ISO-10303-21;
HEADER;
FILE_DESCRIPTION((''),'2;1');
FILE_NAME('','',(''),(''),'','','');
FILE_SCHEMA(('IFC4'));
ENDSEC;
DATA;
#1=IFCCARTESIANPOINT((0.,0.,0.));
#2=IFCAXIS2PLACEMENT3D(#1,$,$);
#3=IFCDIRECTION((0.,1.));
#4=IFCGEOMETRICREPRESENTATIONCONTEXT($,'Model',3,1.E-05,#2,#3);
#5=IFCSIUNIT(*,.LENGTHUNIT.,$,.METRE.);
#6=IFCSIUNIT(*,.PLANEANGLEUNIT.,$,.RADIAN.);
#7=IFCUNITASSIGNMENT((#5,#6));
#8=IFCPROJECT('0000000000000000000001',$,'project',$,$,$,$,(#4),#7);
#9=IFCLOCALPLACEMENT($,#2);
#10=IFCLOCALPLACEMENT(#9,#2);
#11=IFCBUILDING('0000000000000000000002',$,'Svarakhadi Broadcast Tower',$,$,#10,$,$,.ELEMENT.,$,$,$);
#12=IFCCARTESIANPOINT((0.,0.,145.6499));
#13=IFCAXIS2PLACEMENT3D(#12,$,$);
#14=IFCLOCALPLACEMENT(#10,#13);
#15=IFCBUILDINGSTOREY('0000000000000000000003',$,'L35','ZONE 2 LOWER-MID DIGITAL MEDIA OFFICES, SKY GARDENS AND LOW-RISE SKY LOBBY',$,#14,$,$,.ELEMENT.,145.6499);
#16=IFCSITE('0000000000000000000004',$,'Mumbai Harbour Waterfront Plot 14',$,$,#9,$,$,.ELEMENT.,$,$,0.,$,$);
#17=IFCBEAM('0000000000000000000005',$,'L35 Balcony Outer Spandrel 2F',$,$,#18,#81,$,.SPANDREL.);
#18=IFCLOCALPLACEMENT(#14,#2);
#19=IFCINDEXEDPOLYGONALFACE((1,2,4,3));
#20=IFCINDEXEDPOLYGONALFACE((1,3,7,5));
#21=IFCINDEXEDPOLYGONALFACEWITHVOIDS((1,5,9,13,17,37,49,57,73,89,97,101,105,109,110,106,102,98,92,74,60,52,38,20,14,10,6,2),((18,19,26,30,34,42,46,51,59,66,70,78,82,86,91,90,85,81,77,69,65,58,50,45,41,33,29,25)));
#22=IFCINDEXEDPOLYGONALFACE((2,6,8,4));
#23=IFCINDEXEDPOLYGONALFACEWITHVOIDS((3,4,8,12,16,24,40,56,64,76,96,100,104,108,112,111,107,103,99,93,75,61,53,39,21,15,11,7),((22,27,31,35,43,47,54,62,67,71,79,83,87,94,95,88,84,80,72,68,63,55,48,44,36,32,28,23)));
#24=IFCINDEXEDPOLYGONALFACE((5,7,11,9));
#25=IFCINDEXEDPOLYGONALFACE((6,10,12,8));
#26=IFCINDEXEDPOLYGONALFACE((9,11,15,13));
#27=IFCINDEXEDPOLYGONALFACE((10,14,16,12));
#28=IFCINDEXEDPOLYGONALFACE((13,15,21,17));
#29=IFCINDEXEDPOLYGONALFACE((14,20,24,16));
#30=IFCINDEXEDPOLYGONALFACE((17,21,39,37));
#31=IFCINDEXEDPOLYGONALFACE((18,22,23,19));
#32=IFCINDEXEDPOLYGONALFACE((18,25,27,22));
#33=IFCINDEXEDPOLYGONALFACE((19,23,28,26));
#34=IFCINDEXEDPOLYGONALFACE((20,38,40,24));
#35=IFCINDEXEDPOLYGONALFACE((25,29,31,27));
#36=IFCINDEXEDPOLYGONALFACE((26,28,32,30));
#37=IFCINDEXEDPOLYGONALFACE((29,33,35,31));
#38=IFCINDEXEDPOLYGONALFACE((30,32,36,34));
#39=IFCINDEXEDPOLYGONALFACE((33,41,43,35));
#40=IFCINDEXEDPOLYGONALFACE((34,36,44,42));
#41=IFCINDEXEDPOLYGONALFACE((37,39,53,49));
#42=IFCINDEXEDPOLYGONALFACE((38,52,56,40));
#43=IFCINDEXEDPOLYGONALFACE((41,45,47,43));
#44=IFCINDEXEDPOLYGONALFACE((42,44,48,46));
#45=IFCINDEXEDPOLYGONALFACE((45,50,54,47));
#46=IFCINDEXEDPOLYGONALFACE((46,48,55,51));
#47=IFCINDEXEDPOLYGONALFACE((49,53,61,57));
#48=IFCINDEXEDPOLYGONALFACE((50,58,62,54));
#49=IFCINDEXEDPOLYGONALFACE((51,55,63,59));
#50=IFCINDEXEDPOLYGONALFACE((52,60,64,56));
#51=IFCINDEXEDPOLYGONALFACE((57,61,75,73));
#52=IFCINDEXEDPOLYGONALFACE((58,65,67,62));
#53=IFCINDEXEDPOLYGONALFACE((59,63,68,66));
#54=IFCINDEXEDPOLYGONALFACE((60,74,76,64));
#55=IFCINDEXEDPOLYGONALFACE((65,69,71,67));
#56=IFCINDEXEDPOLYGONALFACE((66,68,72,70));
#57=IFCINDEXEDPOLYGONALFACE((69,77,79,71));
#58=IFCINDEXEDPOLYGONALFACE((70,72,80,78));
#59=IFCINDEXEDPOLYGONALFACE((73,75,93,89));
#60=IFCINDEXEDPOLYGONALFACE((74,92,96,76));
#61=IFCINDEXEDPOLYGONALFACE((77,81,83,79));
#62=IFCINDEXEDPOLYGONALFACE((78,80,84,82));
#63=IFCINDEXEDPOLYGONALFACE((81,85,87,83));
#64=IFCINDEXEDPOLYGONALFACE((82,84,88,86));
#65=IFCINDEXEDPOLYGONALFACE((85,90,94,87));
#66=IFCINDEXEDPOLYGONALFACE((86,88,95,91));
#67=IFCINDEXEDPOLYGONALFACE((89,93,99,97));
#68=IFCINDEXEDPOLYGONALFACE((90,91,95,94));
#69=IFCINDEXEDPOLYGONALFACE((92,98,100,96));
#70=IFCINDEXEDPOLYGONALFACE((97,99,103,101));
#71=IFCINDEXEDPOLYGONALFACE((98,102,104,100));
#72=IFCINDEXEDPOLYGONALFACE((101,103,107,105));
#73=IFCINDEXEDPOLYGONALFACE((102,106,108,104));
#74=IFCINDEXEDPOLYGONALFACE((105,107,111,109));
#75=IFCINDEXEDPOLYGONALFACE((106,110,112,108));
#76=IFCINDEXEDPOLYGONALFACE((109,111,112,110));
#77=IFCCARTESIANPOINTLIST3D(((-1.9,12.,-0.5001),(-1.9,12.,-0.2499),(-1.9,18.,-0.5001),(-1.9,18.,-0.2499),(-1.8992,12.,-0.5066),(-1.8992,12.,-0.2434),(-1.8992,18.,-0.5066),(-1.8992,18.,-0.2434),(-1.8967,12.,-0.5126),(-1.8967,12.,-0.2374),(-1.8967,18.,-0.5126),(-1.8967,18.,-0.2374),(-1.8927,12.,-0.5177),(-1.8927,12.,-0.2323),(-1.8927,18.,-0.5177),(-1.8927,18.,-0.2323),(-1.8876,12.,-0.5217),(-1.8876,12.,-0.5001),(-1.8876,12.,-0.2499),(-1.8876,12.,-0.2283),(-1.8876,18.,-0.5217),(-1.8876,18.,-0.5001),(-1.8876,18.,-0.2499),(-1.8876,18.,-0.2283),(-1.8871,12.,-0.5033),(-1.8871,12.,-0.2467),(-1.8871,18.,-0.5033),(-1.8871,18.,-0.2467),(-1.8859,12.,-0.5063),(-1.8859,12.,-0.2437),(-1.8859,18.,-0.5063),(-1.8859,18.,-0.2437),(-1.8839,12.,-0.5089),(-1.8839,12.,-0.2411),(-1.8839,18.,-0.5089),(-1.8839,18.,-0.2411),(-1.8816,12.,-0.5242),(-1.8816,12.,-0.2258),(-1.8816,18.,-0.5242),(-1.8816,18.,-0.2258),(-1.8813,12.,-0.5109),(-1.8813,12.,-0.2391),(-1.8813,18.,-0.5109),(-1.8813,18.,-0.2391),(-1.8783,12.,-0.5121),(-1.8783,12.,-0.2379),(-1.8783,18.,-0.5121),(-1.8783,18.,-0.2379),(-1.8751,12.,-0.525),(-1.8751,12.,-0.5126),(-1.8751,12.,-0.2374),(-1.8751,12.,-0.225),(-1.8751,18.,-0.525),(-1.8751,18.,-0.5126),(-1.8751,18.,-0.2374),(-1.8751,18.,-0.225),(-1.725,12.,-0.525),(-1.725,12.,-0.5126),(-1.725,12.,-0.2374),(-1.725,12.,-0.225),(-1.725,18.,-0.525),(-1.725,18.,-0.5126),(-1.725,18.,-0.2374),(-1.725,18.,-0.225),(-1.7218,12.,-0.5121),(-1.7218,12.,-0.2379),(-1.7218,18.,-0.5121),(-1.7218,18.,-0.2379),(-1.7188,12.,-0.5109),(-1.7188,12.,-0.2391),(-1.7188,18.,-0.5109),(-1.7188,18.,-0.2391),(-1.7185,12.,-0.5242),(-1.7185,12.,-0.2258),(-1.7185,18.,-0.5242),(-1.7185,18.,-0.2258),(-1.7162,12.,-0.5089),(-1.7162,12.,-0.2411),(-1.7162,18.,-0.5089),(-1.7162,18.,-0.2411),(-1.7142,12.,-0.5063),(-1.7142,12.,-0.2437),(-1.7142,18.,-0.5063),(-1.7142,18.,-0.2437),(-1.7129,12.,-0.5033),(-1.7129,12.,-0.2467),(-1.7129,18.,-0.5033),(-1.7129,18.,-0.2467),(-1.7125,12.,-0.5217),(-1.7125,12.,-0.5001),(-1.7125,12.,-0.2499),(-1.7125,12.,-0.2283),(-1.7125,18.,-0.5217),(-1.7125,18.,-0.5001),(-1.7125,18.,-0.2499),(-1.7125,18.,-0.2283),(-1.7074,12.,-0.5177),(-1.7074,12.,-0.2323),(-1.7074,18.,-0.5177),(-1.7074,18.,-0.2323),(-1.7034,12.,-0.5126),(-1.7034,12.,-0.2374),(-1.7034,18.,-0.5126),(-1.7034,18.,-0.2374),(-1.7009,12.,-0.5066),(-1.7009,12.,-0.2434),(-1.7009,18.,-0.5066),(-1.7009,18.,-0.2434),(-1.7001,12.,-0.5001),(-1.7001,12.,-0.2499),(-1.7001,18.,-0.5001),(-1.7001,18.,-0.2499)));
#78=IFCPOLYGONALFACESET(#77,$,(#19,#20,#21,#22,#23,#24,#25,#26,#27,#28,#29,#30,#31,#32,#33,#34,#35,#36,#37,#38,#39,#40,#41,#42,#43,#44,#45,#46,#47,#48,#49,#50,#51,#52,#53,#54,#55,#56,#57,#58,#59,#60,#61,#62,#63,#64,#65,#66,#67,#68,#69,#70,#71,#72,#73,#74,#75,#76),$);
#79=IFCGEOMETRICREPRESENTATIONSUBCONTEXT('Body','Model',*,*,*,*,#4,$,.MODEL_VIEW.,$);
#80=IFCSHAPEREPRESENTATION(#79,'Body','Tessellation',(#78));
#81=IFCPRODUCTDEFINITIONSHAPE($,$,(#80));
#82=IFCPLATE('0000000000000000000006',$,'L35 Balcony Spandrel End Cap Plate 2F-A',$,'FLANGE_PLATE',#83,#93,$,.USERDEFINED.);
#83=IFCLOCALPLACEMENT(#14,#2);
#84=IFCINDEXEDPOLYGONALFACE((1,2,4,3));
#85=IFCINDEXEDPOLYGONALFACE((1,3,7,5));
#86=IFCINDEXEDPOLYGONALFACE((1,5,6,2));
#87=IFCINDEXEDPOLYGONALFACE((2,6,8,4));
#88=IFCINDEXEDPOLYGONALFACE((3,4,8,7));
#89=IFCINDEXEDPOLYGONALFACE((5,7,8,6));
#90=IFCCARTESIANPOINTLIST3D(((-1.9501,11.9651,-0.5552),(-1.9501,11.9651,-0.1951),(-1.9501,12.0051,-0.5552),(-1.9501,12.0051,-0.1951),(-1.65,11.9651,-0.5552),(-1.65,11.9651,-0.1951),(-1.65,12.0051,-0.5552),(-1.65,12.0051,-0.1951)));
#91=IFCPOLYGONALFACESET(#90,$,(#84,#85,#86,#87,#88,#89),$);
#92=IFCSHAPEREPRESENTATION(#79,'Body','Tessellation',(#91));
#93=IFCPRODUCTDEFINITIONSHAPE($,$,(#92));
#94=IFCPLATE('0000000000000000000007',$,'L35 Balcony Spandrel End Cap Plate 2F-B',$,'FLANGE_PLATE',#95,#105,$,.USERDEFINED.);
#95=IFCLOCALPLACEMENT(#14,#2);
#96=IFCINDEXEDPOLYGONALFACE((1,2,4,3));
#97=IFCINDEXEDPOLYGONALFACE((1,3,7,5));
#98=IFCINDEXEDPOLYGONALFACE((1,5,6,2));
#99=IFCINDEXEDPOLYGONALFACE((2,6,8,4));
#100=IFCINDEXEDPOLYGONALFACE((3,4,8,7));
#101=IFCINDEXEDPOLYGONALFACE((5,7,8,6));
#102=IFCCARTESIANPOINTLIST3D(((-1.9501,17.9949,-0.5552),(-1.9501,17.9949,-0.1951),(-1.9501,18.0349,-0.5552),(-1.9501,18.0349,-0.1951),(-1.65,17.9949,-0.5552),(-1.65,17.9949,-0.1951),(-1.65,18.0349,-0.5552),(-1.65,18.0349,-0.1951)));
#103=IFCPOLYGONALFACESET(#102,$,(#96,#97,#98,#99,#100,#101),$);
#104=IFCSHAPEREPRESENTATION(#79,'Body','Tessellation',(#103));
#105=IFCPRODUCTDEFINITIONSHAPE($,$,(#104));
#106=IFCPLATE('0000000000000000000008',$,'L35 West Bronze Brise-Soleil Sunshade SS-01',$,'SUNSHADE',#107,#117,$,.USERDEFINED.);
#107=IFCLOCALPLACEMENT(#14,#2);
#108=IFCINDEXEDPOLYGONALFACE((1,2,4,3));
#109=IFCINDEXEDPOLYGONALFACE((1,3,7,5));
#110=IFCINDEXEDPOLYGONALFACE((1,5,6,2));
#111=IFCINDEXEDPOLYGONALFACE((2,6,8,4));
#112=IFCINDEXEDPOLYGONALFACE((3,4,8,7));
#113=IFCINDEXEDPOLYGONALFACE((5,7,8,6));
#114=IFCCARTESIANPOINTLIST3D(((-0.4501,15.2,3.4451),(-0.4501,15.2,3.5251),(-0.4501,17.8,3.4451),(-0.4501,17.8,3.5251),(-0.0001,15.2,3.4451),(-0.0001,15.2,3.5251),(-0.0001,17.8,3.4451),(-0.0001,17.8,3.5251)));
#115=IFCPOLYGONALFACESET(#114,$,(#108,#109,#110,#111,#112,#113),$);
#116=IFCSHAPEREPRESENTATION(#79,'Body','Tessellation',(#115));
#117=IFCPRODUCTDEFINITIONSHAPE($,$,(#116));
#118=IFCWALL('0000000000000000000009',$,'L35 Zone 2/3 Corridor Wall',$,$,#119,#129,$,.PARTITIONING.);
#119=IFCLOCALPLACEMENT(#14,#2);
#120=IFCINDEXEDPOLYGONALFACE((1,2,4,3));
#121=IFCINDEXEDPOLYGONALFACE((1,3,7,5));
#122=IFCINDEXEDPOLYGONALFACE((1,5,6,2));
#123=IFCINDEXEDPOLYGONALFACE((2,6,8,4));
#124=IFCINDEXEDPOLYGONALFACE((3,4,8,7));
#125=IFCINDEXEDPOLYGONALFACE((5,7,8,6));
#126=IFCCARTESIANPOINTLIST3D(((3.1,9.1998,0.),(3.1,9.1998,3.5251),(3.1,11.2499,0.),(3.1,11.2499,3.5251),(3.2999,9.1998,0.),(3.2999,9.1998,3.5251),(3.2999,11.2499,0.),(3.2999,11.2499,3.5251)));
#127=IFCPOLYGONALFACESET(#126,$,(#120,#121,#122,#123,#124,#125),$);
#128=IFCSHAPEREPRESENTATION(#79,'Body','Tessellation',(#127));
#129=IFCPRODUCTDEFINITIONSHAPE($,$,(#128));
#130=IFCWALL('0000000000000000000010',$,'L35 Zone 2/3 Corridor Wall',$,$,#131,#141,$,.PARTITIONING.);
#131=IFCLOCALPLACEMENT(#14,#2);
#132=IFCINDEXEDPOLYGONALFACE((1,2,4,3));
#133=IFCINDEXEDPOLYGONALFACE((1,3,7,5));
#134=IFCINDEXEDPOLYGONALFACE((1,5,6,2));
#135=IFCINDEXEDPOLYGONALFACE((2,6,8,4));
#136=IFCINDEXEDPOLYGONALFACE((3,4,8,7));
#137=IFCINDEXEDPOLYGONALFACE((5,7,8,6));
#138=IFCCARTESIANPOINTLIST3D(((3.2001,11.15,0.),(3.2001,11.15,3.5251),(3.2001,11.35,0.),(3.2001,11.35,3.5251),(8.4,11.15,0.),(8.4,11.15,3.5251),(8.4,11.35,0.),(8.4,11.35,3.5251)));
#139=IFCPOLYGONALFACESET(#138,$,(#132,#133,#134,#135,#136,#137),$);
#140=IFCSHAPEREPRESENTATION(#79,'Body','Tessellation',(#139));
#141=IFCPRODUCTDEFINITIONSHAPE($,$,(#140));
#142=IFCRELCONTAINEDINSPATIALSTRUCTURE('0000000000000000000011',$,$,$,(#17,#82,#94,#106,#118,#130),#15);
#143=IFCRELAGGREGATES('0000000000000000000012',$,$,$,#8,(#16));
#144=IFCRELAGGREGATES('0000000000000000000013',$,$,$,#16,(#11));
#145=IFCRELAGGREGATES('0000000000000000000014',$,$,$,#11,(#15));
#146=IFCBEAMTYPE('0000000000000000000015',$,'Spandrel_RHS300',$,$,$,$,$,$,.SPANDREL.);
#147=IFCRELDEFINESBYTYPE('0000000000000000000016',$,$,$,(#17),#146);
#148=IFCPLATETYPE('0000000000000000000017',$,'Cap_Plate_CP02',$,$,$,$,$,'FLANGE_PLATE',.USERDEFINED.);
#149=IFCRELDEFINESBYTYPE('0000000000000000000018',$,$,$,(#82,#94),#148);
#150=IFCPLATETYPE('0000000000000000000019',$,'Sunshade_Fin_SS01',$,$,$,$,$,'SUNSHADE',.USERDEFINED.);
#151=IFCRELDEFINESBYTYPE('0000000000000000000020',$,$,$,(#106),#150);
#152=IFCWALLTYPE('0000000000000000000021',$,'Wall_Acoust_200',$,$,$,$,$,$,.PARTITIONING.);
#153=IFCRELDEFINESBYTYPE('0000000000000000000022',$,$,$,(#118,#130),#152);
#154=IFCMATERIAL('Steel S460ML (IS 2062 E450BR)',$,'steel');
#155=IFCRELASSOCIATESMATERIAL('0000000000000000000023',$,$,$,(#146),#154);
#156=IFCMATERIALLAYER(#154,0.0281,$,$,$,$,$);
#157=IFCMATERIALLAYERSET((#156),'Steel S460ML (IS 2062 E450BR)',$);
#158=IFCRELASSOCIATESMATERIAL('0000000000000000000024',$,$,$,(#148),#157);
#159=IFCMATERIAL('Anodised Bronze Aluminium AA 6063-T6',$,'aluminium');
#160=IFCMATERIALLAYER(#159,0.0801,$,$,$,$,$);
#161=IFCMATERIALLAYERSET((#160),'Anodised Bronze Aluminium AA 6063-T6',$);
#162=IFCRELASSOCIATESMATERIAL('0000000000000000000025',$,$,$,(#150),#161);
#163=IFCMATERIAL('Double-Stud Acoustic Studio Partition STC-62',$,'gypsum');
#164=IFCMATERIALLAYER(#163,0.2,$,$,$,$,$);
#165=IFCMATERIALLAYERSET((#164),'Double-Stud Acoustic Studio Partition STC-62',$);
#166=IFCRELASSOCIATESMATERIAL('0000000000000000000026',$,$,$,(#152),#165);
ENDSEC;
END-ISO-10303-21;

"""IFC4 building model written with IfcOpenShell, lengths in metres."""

from ifc_helpers import new_model, si_unit, direction, frame, frame_2d, origin, origin_2d, place, context, subcontext, project, spatial, rectangle, hollow_rectangle, extrude, material, layer, layer_set, material_profile, profile_set, type_object, element, save


model = new_model("IFC4")

# Units and contexts
model_context = context("Model", 3, precision=1e-05, world=origin(), true_north=direction((0.0, 1.0)))
body_context = subcontext(model_context, "Body", "Model", "MODEL_VIEW")
ifc_project = project(units=[si_unit("LENGTHUNIT", "METRE"), si_unit("PLANEANGLEUNIT", "RADIAN")], contexts=[model_context])

# Site, building, storey
site_placement = place(None, origin())
site = spatial("IfcSite", under=ifc_project, at=site_placement, Name="Mumbai Harbour Waterfront Plot 14", CompositionType="ELEMENT", RefElevation=0.0)
building_placement = place(site_placement, origin())
building = spatial("IfcBuilding", under=site, at=building_placement, Name="Svarakhadi Broadcast Tower", CompositionType="ELEMENT")
storey_placement = place(building_placement, frame((0.0, 0.0, 145.6499)))
storey = spatial("IfcBuildingStorey", under=building, at=storey_placement, Name="L35", Description="ZONE 2 LOWER-MID DIGITAL MEDIA OFFICES, SKY GARDENS AND LOW-RISE SKY LOBBY", CompositionType="ELEMENT", Elevation=145.6499)

# Shared definitions
ifc_material_1 = material(Name="Steel S460ML (IS 2062 E450BR)", Category="steel")

# Shared definitions
ifc_material_2 = material(Name="Anodised Bronze Aluminium AA 6063-T6", Category="aluminium")

# Beam
ifc_material_profile_1 = material_profile(ifc_material_1, hollow_rectangle(XDim=0.2, YDim=0.3, WallThickness=0.0125, InnerFilletRadius=0.0125, OuterFilletRadius=0.0249, at=origin_2d()), Name="RHS 300x200x12.5")
ifc_profile_set_1 = profile_set([ifc_material_profile_1], Name="Steel S460ML (IS 2062 E450BR)")
beam_type_1 = type_object("IfcBeamType", Name="Spandrel_RHS300", PredefinedType="SPANDREL", material=ifc_profile_set_1)
beam_1_placement = place(storey_placement, frame((-1.8, 12.0, -0.375), z_axis=(0.0, 1.0, 0.0), x_axis=(-1.0, 0.0, 0.0)))
element("IfcBeam", 1, at=beam_1_placement, inside=storey, type_object=beam_type_1, Name="L35 Balcony Outer Spandrel 2F", PredefinedType="SPANDREL", context=body_context, shape_type="SweptSolid", body=[
    extrude(hollow_rectangle(XDim=0.2, YDim=0.3, WallThickness=0.0125, InnerFilletRadius=0.0125, OuterFilletRadius=0.0249, at=origin_2d()), origin(), (0.0, 0.0, 1.0), 6.0),
])

# Plates
ifc_layer_1 = layer(ifc_material_1, 0.0281)
ifc_layer_set_1 = layer_set([ifc_layer_1], Name="Steel S460ML (IS 2062 E450BR)")
plate_type_1 = type_object("IfcPlateType", Name="Cap_Plate_CP02", ElementType="FLANGE_PLATE", PredefinedType="USERDEFINED", material=ifc_layer_set_1)
for number, where, z_axis, x_axis, name in (
    (2, (-1.8, 11.9851, -0.5552), (0.0, 0.0, 1.0), (1.0, 0.0, 0.0), "L35 Balcony Spandrel End Cap Plate 2F-A"),
    (3, (-1.8, 18.0149, -0.5552), (0.0, 0.0, 1.0), (1.0, 0.0, 0.0), "L35 Balcony Spandrel End Cap Plate 2F-B"),
):
    element("IfcPlate", number, at=place(storey_placement, frame(where, z_axis=z_axis, x_axis=x_axis)), inside=storey, type_object=plate_type_1, Name=name, ObjectType="FLANGE_PLATE", PredefinedType="USERDEFINED", context=body_context, shape_type="SweptSolid", body=[
        extrude(rectangle(XDim=0.3, YDim=0.04, at=origin_2d()), origin(), (0.0, 0.0, 1.0), 0.3601),
    ])
ifc_layer_2 = layer(ifc_material_2, 0.0801)
ifc_layer_set_2 = layer_set([ifc_layer_2], Name="Anodised Bronze Aluminium AA 6063-T6")
plate_type_2 = type_object("IfcPlateType", Name="Sunshade_Fin_SS01", ElementType="SUNSHADE", PredefinedType="USERDEFINED", material=ifc_layer_set_2)
plate_placement = place(storey_placement, frame((-0.2251, 16.5, 3.4451), z_axis=(0.0, 0.0, 1.0), x_axis=(0.0, 1.0, 0.0)))
element("IfcPlate", 4, at=plate_placement, inside=storey, type_object=plate_type_2, Name="L35 West Bronze Brise-Soleil Sunshade SS-01", ObjectType="SUNSHADE", PredefinedType="USERDEFINED", context=body_context, shape_type="SweptSolid", body=[
    extrude(rectangle(XDim=2.6001, YDim=0.45, at=origin_2d()), origin(), (0.0, 0.0, 1.0), 0.0801),
])

# Walls
ifc_material_3 = material(Name="Double-Stud Acoustic Studio Partition STC-62", Category="gypsum")
ifc_layer_3 = layer(ifc_material_3, 0.2)
ifc_layer_set_3 = layer_set([ifc_layer_3], Name="Double-Stud Acoustic Studio Partition STC-62")
wall_type_1 = type_object("IfcWallType", Name="Wall_Acoust_200", PredefinedType="PARTITIONING", material=ifc_layer_set_3)
wall_1_placement = place(storey_placement, frame((3.2, 9.2, 0.0), z_axis=(0.0, 0.0, 1.0), x_axis=(0.0, 1.0, 0.0)))
element("IfcWall", 5, at=wall_1_placement, inside=storey, type_object=wall_type_1, Name="L35 Zone 2/3 Corridor Wall", PredefinedType="PARTITIONING", context=body_context, shape_type="SweptSolid", body=[
    extrude(rectangle(XDim=2.05, YDim=0.2, at=frame_2d((1.0249, 0.0))), origin(), (0.0, 0.0, 1.0), 3.5251),
])
wall_2_placement = place(storey_placement, frame((3.2, 11.25, 0.0), z_axis=(0.0, 0.0, 1.0), x_axis=(1.0, 0.0, 0.0)))
element("IfcWall", 6, at=wall_2_placement, inside=storey, type_object=wall_type_1, Name="L35 Zone 2/3 Corridor Wall", PredefinedType="PARTITIONING", context=body_context, shape_type="SweptSolid", body=[
    extrude(rectangle(XDim=5.2, YDim=0.2, at=frame_2d((2.6001, 0.0))), origin(), (0.0, 0.0, 1.0), 3.5251),
])

save(model, "model.ifc")
